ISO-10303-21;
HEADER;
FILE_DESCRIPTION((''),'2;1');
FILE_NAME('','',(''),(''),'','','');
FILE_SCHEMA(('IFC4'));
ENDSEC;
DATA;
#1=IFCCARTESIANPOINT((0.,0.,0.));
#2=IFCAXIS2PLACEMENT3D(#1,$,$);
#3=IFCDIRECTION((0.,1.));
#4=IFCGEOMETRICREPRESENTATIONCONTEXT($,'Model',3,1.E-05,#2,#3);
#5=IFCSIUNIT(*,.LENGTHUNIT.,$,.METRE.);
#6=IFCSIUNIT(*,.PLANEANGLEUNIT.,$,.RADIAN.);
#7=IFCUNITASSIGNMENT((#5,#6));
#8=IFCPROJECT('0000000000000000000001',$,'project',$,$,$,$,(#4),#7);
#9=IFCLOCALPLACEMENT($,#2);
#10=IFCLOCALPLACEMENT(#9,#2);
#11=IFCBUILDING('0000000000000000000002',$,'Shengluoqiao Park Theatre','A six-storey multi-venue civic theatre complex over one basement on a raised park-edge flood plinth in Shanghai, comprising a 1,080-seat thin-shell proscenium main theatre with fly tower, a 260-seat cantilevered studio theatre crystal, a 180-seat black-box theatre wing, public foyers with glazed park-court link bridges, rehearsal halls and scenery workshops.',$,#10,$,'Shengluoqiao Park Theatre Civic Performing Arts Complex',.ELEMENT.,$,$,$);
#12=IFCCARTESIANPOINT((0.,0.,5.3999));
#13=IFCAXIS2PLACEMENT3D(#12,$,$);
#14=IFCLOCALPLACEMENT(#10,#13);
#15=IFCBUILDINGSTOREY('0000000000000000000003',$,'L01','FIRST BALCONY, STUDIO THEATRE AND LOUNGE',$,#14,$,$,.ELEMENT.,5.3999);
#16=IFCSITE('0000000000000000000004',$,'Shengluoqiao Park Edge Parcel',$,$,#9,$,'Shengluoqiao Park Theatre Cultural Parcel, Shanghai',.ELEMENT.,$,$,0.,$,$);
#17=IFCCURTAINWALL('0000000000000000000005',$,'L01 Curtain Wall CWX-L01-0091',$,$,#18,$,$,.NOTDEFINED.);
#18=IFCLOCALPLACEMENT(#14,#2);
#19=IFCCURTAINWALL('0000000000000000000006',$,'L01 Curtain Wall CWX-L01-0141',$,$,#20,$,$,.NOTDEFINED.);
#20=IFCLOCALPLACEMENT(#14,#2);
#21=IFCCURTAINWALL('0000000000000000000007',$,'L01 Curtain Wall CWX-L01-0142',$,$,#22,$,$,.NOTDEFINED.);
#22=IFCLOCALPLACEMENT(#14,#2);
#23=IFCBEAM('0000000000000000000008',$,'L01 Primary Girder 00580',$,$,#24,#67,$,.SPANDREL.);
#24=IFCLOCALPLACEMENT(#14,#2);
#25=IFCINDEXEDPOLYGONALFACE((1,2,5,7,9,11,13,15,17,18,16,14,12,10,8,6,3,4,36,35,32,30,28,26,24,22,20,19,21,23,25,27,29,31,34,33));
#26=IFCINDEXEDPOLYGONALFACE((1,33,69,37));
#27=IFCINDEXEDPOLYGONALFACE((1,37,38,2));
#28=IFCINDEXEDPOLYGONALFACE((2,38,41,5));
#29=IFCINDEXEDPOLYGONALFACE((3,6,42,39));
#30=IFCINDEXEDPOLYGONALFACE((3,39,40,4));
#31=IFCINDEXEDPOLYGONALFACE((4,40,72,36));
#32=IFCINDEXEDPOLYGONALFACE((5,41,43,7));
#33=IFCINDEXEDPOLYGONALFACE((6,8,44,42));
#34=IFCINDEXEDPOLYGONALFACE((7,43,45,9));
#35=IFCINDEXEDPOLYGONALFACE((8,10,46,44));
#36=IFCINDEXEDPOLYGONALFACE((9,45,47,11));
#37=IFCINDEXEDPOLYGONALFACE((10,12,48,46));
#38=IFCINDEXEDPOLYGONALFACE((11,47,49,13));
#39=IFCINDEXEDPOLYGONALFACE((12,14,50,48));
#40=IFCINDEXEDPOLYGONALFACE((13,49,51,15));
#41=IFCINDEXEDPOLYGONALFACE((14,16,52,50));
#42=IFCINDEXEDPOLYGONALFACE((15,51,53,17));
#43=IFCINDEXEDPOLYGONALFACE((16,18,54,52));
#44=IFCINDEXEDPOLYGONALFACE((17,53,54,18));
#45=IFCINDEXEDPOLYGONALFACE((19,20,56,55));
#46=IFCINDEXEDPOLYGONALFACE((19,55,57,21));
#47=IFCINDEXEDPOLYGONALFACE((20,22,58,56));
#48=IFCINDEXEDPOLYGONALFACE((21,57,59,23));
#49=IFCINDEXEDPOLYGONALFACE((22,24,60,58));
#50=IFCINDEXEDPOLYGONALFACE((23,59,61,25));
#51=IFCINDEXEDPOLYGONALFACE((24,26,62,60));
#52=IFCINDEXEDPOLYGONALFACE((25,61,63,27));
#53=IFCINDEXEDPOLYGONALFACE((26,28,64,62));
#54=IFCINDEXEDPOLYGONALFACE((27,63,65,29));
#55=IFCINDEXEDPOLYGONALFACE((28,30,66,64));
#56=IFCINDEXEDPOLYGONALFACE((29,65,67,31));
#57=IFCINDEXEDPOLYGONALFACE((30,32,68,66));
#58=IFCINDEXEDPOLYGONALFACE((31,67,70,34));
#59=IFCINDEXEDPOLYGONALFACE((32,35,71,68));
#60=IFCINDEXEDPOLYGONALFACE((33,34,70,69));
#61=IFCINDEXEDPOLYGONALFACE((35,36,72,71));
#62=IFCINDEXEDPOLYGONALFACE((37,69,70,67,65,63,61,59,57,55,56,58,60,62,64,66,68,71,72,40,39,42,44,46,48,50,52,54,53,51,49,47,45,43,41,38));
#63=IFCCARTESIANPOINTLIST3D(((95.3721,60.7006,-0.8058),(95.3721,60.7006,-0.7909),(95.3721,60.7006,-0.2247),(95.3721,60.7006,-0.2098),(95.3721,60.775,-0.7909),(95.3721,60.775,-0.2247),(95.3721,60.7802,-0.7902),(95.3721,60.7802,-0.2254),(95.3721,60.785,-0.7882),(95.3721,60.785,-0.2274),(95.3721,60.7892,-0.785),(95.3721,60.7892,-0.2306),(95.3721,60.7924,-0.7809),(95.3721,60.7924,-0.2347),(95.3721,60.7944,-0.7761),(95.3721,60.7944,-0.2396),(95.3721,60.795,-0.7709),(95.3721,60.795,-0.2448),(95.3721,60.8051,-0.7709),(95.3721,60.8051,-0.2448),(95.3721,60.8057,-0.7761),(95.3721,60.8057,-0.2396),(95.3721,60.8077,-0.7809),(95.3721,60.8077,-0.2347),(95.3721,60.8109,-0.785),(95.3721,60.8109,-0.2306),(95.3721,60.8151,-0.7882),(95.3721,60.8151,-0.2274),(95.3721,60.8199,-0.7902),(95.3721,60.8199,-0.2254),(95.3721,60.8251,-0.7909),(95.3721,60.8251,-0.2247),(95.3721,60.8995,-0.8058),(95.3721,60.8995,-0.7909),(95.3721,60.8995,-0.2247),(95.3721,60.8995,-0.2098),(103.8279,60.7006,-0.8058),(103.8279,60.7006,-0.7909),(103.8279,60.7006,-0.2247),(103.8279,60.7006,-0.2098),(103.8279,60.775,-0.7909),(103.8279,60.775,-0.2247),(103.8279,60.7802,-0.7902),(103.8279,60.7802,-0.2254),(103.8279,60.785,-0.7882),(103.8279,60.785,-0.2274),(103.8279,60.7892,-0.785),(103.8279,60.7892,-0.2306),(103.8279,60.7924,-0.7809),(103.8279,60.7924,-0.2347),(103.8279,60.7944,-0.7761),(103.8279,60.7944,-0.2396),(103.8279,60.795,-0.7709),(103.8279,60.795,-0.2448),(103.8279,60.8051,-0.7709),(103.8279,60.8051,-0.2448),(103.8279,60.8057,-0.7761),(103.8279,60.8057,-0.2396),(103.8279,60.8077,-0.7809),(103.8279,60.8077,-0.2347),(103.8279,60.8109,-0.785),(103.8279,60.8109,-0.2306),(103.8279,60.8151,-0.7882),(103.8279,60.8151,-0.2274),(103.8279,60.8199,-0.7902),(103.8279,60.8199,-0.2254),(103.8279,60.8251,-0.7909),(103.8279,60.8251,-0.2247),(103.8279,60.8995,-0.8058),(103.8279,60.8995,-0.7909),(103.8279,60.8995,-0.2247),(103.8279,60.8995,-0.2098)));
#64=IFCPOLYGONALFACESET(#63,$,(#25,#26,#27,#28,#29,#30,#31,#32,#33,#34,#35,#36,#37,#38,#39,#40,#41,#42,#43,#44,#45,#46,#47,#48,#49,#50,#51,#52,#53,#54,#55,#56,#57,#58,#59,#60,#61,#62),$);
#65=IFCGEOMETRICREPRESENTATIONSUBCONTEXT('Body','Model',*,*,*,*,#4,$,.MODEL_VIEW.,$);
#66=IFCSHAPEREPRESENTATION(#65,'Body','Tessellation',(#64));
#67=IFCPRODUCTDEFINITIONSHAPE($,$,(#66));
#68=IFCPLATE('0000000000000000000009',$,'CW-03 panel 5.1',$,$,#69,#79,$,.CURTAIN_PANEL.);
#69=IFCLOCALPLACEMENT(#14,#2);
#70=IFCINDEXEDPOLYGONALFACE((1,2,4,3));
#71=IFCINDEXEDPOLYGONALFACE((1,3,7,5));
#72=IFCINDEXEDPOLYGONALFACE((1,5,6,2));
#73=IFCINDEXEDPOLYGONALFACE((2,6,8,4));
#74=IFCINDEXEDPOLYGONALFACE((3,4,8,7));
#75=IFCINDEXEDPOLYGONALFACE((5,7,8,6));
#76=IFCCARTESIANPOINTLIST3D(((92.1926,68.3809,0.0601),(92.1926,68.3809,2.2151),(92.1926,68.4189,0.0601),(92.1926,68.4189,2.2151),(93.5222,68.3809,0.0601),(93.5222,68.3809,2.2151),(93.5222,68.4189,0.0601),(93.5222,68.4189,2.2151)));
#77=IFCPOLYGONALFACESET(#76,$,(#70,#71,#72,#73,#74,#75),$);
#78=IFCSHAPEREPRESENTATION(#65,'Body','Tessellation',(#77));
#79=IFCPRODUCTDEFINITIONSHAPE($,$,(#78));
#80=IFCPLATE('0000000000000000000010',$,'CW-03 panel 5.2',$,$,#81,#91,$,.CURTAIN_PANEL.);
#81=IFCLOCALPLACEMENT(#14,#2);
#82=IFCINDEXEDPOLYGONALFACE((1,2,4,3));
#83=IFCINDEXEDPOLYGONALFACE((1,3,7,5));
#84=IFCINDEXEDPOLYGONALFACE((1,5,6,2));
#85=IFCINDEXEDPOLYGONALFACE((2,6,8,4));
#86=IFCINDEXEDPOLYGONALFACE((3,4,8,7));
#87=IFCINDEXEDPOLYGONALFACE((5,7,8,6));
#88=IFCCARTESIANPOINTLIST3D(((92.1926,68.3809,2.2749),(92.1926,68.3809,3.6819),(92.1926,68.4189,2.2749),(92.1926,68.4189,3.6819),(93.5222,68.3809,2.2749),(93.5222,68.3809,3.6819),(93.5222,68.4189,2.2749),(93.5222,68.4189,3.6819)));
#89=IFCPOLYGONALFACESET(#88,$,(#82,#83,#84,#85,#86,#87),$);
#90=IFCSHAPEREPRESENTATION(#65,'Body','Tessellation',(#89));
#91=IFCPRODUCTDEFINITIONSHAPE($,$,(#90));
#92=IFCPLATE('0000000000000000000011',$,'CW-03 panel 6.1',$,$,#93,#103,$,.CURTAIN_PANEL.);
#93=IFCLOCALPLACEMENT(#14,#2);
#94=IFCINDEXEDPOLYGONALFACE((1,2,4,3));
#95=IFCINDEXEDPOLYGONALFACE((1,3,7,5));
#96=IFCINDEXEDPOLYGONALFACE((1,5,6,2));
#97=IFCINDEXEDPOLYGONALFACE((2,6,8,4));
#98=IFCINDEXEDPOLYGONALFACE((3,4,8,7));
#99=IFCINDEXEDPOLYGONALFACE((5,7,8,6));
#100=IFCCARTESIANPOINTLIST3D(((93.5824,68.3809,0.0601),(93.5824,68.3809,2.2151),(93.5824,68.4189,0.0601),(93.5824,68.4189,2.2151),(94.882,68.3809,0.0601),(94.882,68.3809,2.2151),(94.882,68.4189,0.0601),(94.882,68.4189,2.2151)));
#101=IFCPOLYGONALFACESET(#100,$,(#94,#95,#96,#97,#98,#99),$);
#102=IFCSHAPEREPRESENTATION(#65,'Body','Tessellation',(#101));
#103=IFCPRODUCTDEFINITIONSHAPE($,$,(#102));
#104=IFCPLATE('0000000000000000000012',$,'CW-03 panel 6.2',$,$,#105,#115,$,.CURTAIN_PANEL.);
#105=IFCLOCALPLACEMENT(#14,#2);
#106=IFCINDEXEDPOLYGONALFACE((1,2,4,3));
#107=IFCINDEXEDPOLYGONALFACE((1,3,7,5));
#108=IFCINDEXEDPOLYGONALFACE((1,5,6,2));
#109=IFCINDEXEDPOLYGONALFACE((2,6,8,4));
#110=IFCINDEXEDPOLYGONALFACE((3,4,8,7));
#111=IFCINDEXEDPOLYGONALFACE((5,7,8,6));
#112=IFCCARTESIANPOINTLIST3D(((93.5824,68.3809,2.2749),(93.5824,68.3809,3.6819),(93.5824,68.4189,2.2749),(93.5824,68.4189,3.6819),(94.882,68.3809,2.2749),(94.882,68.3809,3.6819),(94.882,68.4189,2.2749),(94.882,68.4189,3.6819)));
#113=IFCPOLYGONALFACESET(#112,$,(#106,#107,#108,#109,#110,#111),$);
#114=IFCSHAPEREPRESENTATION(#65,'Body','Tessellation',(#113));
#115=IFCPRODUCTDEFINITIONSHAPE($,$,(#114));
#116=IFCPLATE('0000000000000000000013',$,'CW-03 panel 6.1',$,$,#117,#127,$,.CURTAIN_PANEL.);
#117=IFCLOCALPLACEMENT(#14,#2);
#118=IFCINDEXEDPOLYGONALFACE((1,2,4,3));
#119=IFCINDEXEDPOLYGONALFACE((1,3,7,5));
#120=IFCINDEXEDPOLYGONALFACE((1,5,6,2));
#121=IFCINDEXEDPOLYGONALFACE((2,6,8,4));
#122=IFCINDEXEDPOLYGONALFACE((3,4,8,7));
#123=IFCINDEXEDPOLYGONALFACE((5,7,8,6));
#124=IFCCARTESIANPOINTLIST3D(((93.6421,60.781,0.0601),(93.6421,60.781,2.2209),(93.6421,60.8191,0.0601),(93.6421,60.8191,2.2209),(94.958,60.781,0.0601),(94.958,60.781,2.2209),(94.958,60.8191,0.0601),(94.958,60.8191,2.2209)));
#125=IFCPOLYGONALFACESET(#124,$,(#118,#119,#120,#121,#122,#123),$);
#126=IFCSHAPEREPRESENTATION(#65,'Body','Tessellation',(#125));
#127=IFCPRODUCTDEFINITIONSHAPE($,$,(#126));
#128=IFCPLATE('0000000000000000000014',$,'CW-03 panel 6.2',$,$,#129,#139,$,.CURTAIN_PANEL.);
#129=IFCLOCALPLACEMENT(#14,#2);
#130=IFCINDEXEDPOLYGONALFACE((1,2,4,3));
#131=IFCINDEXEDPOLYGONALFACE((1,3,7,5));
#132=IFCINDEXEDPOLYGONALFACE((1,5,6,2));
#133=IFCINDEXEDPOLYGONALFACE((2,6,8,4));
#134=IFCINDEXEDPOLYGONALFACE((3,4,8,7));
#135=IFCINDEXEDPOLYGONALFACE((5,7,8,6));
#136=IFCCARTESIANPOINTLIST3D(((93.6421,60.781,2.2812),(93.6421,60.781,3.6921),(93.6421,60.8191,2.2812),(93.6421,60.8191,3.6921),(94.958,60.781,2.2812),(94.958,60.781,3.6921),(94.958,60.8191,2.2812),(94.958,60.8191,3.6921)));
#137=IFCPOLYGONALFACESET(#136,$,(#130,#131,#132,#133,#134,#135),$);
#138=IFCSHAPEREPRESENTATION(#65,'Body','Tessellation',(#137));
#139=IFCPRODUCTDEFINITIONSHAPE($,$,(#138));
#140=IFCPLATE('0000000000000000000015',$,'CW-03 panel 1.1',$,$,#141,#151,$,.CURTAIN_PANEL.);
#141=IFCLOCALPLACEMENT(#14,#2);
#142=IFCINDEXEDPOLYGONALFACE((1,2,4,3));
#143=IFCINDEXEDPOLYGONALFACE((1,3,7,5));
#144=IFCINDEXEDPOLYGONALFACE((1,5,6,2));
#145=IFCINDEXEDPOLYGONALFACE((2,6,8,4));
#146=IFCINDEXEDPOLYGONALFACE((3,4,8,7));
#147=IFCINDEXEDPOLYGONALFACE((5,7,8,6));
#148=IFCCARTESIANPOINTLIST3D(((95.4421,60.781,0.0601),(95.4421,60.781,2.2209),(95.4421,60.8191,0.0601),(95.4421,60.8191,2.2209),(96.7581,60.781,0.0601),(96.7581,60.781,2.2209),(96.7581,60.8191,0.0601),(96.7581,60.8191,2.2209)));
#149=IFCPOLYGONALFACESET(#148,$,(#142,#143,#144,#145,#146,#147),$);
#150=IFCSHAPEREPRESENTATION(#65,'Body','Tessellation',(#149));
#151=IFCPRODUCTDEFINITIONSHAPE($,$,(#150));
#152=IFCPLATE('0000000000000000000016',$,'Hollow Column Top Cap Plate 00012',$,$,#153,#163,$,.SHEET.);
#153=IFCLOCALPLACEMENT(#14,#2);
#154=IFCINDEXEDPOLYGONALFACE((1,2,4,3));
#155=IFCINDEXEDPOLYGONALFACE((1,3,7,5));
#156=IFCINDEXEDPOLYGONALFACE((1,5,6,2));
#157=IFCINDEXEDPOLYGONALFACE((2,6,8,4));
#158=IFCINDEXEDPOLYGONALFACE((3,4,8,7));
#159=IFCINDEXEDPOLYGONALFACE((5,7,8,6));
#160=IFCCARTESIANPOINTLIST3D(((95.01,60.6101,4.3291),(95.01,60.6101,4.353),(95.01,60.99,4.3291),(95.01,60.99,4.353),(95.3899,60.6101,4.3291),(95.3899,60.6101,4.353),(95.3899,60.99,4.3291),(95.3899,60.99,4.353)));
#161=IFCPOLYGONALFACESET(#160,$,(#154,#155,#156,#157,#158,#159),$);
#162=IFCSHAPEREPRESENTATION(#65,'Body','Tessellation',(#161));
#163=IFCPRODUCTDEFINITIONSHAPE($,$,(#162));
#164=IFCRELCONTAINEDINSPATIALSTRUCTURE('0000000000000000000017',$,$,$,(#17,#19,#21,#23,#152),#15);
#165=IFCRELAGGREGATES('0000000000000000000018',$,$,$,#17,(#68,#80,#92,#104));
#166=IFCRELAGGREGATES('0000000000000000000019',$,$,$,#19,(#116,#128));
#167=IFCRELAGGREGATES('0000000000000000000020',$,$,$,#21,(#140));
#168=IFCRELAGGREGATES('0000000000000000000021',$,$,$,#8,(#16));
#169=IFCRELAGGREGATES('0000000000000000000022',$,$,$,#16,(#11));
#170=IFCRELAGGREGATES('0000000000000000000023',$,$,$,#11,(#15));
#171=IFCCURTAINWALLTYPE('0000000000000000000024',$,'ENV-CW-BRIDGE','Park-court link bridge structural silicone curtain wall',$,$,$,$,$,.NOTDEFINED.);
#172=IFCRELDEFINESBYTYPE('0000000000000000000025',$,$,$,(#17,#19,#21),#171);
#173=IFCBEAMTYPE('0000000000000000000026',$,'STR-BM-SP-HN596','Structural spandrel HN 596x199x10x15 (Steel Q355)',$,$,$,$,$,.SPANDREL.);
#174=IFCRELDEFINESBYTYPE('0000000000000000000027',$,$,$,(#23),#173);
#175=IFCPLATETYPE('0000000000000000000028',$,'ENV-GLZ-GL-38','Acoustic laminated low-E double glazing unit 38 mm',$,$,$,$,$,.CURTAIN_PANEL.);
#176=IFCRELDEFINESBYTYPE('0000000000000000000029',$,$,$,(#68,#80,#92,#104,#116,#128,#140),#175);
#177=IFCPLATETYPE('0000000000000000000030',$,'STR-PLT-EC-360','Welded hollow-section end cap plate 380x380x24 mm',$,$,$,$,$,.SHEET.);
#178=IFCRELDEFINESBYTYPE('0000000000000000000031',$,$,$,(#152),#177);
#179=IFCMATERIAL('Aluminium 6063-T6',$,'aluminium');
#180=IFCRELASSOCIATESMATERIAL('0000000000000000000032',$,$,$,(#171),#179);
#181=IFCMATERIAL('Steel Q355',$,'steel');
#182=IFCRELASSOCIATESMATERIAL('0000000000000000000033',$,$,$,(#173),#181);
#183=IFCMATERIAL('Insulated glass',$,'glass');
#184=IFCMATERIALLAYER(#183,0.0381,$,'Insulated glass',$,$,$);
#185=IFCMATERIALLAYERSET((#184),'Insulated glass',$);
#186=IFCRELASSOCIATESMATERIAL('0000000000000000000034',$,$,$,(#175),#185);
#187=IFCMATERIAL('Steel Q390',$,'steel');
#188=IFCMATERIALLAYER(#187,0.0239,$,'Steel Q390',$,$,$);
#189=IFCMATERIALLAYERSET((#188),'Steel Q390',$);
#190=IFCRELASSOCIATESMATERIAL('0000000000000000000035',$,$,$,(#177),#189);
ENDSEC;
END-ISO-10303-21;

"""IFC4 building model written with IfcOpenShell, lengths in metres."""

from ifc_helpers import new_model, si_unit, direction, frame, origin, origin_2d, place, context, subcontext, project, spatial, rectangle, i_section, extrude, material, layer, layer_set, material_profile, profile_set, type_object, element, aggregate, save


model = new_model("IFC4")

# Units and contexts
model_context = context("Model", 3, precision=1e-05, world=origin(), true_north=direction((0.0, 1.0)))
body_context = subcontext(model_context, "Body", "Model", "MODEL_VIEW")
ifc_project = project(units=[si_unit("LENGTHUNIT", "METRE"), si_unit("PLANEANGLEUNIT", "RADIAN")], contexts=[model_context])

# Site, building, storey
site_placement = place(None, origin())
site = spatial("IfcSite", under=ifc_project, at=site_placement, Name="Shengluoqiao Park Edge Parcel", LongName="Shengluoqiao Park Theatre Cultural Parcel, Shanghai", CompositionType="ELEMENT", RefElevation=0.0)
building_placement = place(site_placement, origin())
building = spatial("IfcBuilding", under=site, at=building_placement, Name="Shengluoqiao Park Theatre", Description="A six-storey multi-venue civic theatre complex over one basement on a raised park-edge flood plinth in Shanghai, comprising a 1,080-seat thin-shell proscenium main theatre with fly tower, a 260-seat cantilevered studio theatre crystal, a 180-seat black-box theatre wing, public foyers with glazed park-court link bridges, rehearsal halls and scenery workshops.", LongName="Shengluoqiao Park Theatre Civic Performing Arts Complex", CompositionType="ELEMENT")
storey_placement = place(building_placement, frame((0.0, 0.0, 5.3999)))
storey = spatial("IfcBuildingStorey", under=building, at=storey_placement, Name="L01", Description="FIRST BALCONY, STUDIO THEATRE AND LOUNGE", CompositionType="ELEMENT", Elevation=5.3999)

# Shared definitions
ifc_material_1 = material(Name="Steel Q355", Category="steel")
ifc_material_2 = material(Name="Steel Q390", Category="steel")

# Curtain wall
ifc_material_3 = material(Name="Aluminium 6063-T6", Category="aluminium")
curtain_wall_type = type_object("IfcCurtainWallType", Name="ENV-CW-BRIDGE", Description="Park-court link bridge structural silicone curtain wall", PredefinedType="NOTDEFINED", material=ifc_material_3)
curtain_wall_1_placement = place(storey_placement, origin())
curtain_wall_1 = element("IfcCurtainWall", 1, at=curtain_wall_1_placement, inside=storey, type_object=curtain_wall_type, Name="L01 Curtain Wall CWX-L01-0091", PredefinedType="NOTDEFINED")

# Curtain walls
curtain_wall_2_placement = place(storey_placement, origin())
curtain_wall_2 = element("IfcCurtainWall", 2, at=curtain_wall_2_placement, inside=storey, type_object=curtain_wall_type, Name="L01 Curtain Wall CWX-L01-0141", PredefinedType="NOTDEFINED")
curtain_wall_3_placement = place(storey_placement, origin())
curtain_wall_3 = element("IfcCurtainWall", 3, at=curtain_wall_3_placement, inside=storey, type_object=curtain_wall_type, Name="L01 Curtain Wall CWX-L01-0142", PredefinedType="NOTDEFINED")

# Beam
ifc_material_profile_1 = material_profile(ifc_material_1, i_section(OverallWidth=0.199, OverallDepth=0.5959, WebThickness=0.01, FlangeThickness=0.0149, FilletRadius=0.02, at=origin_2d()), Name="HN 596x199x10x15")
ifc_profile_set_1 = profile_set([ifc_material_profile_1], Name="Steel Q355")
beam_type = type_object("IfcBeamType", Name="STR-BM-SP-HN596", Description="Structural spandrel HN 596x199x10x15 (Steel Q355)", PredefinedType="SPANDREL", material=ifc_profile_set_1)
beam_1_placement = place(storey_placement, frame((95.3721, 60.8, -0.5078), z_axis=(1.0, 0.0, 0.0), x_axis=(0.0, 1.0, 0.0)))
element("IfcBeam", 4, at=beam_1_placement, inside=storey, type_object=beam_type, Name="L01 Primary Girder 00580", PredefinedType="SPANDREL", context=body_context, shape_type="SweptSolid", body=[
    extrude(i_section(OverallWidth=0.199, OverallDepth=0.5959, WebThickness=0.01, FlangeThickness=0.0149, FilletRadius=0.02, at=origin_2d()), origin(), (0.0, 0.0, 1.0), 8.4558),
])

# Plates
ifc_material_4 = material(Name="Insulated glass", Category="glass")
ifc_layer_1 = layer(ifc_material_4, 0.0381, Name="Insulated glass")
ifc_layer_set_1 = layer_set([ifc_layer_1], Name="Insulated glass")
plate_type_1 = type_object("IfcPlateType", Name="ENV-GLZ-GL-38", Description="Acoustic laminated low-E double glazing unit 38 mm", PredefinedType="CURTAIN_PANEL", material=ifc_layer_set_1)
plate_1_placement = place(storey_placement, frame((92.8574, 68.3999, 0.0601), z_axis=(0.0, 0.0, 1.0), x_axis=(1.0, 0.0, 0.0)))
plate_1 = element("IfcPlate", 5, at=plate_1_placement, type_object=plate_type_1, Name="CW-03 panel 5.1", PredefinedType="CURTAIN_PANEL", context=body_context, shape_type="SweptSolid", body=[
    extrude(rectangle(XDim=1.3296, YDim=0.0381, at=origin_2d()), origin(), (0.0, 0.0, 1.0), 2.155),
])
plate_2_placement = place(storey_placement, frame((92.8574, 68.3999, 2.2749), z_axis=(0.0, 0.0, 1.0), x_axis=(1.0, 0.0, 0.0)))
plate_2 = element("IfcPlate", 6, at=plate_2_placement, type_object=plate_type_1, Name="CW-03 panel 5.2", PredefinedType="CURTAIN_PANEL", context=body_context, shape_type="SweptSolid", body=[
    extrude(rectangle(XDim=1.3296, YDim=0.0381, at=origin_2d()), origin(), (0.0, 0.0, 1.0), 1.407),
])
plate_3_placement = place(storey_placement, frame((94.2322, 68.3999, 0.0601), z_axis=(0.0, 0.0, 1.0), x_axis=(1.0, 0.0, 0.0)))
plate_3 = element("IfcPlate", 7, at=plate_3_placement, type_object=plate_type_1, Name="CW-03 panel 6.1", PredefinedType="CURTAIN_PANEL", context=body_context, shape_type="SweptSolid", body=[
    extrude(rectangle(XDim=1.2996, YDim=0.0381, at=origin_2d()), origin(), (0.0, 0.0, 1.0), 2.155),
])
plate_4_placement = place(storey_placement, frame((94.2322, 68.3999, 2.2749), z_axis=(0.0, 0.0, 1.0), x_axis=(1.0, 0.0, 0.0)))
plate_4 = element("IfcPlate", 8, at=plate_4_placement, type_object=plate_type_1, Name="CW-03 panel 6.2", PredefinedType="CURTAIN_PANEL", context=body_context, shape_type="SweptSolid", body=[
    extrude(rectangle(XDim=1.2996, YDim=0.0381, at=origin_2d()), origin(), (0.0, 0.0, 1.0), 1.407),
])
aggregate(curtain_wall_1, [plate_1, plate_2, plate_3, plate_4])
plate_5_placement = place(storey_placement, frame((94.3, 60.8, 0.0601), z_axis=(0.0, 0.0, 1.0), x_axis=(1.0, 0.0, 0.0)))
plate_5 = element("IfcPlate", 9, at=plate_5_placement, type_object=plate_type_1, Name="CW-03 panel 6.1", PredefinedType="CURTAIN_PANEL", context=body_context, shape_type="SweptSolid", body=[
    extrude(rectangle(XDim=1.3159, YDim=0.0381, at=origin_2d()), origin(), (0.0, 0.0, 1.0), 2.1609),
])
plate_6_placement = place(storey_placement, frame((94.3, 60.8, 2.2812), z_axis=(0.0, 0.0, 1.0), x_axis=(1.0, 0.0, 0.0)))
plate_6 = element("IfcPlate", 10, at=plate_6_placement, type_object=plate_type_1, Name="CW-03 panel 6.2", PredefinedType="CURTAIN_PANEL", context=body_context, shape_type="SweptSolid", body=[
    extrude(rectangle(XDim=1.3159, YDim=0.0381, at=origin_2d()), origin(), (0.0, 0.0, 1.0), 1.4109),
])
aggregate(curtain_wall_2, [plate_5, plate_6])
plate_7_placement = place(storey_placement, frame((96.1001, 60.8, 0.0601), z_axis=(0.0, 0.0, 1.0), x_axis=(1.0, 0.0, 0.0)))
plate_7 = element("IfcPlate", 11, at=plate_7_placement, type_object=plate_type_1, Name="CW-03 panel 1.1", PredefinedType="CURTAIN_PANEL", context=body_context, shape_type="SweptSolid", body=[
    extrude(rectangle(XDim=1.3159, YDim=0.0381, at=origin_2d()), origin(), (0.0, 0.0, 1.0), 2.1609),
])
aggregate(curtain_wall_3, [plate_7])
ifc_layer_2 = layer(ifc_material_2, 0.0239, Name="Steel Q390")
ifc_layer_set_2 = layer_set([ifc_layer_2], Name="Steel Q390")
plate_type_2 = type_object("IfcPlateType", Name="STR-PLT-EC-360", Description="Welded hollow-section end cap plate 380x380x24 mm", PredefinedType="SHEET", material=ifc_layer_set_2)
plate_8_placement = place(storey_placement, frame((95.2, 60.8, 4.3291), z_axis=(0.0, 0.0, 1.0), x_axis=(1.0, 0.0, 0.0)))
element("IfcPlate", 12, at=plate_8_placement, inside=storey, type_object=plate_type_2, Name="Hollow Column Top Cap Plate 00012", PredefinedType="SHEET", context=body_context, shape_type="SweptSolid", body=[
    extrude(rectangle(XDim=0.3799, YDim=0.3799, at=origin_2d()), origin(), (0.0, 0.0, 1.0), 0.0239),
])

save(model, "model.ifc")
